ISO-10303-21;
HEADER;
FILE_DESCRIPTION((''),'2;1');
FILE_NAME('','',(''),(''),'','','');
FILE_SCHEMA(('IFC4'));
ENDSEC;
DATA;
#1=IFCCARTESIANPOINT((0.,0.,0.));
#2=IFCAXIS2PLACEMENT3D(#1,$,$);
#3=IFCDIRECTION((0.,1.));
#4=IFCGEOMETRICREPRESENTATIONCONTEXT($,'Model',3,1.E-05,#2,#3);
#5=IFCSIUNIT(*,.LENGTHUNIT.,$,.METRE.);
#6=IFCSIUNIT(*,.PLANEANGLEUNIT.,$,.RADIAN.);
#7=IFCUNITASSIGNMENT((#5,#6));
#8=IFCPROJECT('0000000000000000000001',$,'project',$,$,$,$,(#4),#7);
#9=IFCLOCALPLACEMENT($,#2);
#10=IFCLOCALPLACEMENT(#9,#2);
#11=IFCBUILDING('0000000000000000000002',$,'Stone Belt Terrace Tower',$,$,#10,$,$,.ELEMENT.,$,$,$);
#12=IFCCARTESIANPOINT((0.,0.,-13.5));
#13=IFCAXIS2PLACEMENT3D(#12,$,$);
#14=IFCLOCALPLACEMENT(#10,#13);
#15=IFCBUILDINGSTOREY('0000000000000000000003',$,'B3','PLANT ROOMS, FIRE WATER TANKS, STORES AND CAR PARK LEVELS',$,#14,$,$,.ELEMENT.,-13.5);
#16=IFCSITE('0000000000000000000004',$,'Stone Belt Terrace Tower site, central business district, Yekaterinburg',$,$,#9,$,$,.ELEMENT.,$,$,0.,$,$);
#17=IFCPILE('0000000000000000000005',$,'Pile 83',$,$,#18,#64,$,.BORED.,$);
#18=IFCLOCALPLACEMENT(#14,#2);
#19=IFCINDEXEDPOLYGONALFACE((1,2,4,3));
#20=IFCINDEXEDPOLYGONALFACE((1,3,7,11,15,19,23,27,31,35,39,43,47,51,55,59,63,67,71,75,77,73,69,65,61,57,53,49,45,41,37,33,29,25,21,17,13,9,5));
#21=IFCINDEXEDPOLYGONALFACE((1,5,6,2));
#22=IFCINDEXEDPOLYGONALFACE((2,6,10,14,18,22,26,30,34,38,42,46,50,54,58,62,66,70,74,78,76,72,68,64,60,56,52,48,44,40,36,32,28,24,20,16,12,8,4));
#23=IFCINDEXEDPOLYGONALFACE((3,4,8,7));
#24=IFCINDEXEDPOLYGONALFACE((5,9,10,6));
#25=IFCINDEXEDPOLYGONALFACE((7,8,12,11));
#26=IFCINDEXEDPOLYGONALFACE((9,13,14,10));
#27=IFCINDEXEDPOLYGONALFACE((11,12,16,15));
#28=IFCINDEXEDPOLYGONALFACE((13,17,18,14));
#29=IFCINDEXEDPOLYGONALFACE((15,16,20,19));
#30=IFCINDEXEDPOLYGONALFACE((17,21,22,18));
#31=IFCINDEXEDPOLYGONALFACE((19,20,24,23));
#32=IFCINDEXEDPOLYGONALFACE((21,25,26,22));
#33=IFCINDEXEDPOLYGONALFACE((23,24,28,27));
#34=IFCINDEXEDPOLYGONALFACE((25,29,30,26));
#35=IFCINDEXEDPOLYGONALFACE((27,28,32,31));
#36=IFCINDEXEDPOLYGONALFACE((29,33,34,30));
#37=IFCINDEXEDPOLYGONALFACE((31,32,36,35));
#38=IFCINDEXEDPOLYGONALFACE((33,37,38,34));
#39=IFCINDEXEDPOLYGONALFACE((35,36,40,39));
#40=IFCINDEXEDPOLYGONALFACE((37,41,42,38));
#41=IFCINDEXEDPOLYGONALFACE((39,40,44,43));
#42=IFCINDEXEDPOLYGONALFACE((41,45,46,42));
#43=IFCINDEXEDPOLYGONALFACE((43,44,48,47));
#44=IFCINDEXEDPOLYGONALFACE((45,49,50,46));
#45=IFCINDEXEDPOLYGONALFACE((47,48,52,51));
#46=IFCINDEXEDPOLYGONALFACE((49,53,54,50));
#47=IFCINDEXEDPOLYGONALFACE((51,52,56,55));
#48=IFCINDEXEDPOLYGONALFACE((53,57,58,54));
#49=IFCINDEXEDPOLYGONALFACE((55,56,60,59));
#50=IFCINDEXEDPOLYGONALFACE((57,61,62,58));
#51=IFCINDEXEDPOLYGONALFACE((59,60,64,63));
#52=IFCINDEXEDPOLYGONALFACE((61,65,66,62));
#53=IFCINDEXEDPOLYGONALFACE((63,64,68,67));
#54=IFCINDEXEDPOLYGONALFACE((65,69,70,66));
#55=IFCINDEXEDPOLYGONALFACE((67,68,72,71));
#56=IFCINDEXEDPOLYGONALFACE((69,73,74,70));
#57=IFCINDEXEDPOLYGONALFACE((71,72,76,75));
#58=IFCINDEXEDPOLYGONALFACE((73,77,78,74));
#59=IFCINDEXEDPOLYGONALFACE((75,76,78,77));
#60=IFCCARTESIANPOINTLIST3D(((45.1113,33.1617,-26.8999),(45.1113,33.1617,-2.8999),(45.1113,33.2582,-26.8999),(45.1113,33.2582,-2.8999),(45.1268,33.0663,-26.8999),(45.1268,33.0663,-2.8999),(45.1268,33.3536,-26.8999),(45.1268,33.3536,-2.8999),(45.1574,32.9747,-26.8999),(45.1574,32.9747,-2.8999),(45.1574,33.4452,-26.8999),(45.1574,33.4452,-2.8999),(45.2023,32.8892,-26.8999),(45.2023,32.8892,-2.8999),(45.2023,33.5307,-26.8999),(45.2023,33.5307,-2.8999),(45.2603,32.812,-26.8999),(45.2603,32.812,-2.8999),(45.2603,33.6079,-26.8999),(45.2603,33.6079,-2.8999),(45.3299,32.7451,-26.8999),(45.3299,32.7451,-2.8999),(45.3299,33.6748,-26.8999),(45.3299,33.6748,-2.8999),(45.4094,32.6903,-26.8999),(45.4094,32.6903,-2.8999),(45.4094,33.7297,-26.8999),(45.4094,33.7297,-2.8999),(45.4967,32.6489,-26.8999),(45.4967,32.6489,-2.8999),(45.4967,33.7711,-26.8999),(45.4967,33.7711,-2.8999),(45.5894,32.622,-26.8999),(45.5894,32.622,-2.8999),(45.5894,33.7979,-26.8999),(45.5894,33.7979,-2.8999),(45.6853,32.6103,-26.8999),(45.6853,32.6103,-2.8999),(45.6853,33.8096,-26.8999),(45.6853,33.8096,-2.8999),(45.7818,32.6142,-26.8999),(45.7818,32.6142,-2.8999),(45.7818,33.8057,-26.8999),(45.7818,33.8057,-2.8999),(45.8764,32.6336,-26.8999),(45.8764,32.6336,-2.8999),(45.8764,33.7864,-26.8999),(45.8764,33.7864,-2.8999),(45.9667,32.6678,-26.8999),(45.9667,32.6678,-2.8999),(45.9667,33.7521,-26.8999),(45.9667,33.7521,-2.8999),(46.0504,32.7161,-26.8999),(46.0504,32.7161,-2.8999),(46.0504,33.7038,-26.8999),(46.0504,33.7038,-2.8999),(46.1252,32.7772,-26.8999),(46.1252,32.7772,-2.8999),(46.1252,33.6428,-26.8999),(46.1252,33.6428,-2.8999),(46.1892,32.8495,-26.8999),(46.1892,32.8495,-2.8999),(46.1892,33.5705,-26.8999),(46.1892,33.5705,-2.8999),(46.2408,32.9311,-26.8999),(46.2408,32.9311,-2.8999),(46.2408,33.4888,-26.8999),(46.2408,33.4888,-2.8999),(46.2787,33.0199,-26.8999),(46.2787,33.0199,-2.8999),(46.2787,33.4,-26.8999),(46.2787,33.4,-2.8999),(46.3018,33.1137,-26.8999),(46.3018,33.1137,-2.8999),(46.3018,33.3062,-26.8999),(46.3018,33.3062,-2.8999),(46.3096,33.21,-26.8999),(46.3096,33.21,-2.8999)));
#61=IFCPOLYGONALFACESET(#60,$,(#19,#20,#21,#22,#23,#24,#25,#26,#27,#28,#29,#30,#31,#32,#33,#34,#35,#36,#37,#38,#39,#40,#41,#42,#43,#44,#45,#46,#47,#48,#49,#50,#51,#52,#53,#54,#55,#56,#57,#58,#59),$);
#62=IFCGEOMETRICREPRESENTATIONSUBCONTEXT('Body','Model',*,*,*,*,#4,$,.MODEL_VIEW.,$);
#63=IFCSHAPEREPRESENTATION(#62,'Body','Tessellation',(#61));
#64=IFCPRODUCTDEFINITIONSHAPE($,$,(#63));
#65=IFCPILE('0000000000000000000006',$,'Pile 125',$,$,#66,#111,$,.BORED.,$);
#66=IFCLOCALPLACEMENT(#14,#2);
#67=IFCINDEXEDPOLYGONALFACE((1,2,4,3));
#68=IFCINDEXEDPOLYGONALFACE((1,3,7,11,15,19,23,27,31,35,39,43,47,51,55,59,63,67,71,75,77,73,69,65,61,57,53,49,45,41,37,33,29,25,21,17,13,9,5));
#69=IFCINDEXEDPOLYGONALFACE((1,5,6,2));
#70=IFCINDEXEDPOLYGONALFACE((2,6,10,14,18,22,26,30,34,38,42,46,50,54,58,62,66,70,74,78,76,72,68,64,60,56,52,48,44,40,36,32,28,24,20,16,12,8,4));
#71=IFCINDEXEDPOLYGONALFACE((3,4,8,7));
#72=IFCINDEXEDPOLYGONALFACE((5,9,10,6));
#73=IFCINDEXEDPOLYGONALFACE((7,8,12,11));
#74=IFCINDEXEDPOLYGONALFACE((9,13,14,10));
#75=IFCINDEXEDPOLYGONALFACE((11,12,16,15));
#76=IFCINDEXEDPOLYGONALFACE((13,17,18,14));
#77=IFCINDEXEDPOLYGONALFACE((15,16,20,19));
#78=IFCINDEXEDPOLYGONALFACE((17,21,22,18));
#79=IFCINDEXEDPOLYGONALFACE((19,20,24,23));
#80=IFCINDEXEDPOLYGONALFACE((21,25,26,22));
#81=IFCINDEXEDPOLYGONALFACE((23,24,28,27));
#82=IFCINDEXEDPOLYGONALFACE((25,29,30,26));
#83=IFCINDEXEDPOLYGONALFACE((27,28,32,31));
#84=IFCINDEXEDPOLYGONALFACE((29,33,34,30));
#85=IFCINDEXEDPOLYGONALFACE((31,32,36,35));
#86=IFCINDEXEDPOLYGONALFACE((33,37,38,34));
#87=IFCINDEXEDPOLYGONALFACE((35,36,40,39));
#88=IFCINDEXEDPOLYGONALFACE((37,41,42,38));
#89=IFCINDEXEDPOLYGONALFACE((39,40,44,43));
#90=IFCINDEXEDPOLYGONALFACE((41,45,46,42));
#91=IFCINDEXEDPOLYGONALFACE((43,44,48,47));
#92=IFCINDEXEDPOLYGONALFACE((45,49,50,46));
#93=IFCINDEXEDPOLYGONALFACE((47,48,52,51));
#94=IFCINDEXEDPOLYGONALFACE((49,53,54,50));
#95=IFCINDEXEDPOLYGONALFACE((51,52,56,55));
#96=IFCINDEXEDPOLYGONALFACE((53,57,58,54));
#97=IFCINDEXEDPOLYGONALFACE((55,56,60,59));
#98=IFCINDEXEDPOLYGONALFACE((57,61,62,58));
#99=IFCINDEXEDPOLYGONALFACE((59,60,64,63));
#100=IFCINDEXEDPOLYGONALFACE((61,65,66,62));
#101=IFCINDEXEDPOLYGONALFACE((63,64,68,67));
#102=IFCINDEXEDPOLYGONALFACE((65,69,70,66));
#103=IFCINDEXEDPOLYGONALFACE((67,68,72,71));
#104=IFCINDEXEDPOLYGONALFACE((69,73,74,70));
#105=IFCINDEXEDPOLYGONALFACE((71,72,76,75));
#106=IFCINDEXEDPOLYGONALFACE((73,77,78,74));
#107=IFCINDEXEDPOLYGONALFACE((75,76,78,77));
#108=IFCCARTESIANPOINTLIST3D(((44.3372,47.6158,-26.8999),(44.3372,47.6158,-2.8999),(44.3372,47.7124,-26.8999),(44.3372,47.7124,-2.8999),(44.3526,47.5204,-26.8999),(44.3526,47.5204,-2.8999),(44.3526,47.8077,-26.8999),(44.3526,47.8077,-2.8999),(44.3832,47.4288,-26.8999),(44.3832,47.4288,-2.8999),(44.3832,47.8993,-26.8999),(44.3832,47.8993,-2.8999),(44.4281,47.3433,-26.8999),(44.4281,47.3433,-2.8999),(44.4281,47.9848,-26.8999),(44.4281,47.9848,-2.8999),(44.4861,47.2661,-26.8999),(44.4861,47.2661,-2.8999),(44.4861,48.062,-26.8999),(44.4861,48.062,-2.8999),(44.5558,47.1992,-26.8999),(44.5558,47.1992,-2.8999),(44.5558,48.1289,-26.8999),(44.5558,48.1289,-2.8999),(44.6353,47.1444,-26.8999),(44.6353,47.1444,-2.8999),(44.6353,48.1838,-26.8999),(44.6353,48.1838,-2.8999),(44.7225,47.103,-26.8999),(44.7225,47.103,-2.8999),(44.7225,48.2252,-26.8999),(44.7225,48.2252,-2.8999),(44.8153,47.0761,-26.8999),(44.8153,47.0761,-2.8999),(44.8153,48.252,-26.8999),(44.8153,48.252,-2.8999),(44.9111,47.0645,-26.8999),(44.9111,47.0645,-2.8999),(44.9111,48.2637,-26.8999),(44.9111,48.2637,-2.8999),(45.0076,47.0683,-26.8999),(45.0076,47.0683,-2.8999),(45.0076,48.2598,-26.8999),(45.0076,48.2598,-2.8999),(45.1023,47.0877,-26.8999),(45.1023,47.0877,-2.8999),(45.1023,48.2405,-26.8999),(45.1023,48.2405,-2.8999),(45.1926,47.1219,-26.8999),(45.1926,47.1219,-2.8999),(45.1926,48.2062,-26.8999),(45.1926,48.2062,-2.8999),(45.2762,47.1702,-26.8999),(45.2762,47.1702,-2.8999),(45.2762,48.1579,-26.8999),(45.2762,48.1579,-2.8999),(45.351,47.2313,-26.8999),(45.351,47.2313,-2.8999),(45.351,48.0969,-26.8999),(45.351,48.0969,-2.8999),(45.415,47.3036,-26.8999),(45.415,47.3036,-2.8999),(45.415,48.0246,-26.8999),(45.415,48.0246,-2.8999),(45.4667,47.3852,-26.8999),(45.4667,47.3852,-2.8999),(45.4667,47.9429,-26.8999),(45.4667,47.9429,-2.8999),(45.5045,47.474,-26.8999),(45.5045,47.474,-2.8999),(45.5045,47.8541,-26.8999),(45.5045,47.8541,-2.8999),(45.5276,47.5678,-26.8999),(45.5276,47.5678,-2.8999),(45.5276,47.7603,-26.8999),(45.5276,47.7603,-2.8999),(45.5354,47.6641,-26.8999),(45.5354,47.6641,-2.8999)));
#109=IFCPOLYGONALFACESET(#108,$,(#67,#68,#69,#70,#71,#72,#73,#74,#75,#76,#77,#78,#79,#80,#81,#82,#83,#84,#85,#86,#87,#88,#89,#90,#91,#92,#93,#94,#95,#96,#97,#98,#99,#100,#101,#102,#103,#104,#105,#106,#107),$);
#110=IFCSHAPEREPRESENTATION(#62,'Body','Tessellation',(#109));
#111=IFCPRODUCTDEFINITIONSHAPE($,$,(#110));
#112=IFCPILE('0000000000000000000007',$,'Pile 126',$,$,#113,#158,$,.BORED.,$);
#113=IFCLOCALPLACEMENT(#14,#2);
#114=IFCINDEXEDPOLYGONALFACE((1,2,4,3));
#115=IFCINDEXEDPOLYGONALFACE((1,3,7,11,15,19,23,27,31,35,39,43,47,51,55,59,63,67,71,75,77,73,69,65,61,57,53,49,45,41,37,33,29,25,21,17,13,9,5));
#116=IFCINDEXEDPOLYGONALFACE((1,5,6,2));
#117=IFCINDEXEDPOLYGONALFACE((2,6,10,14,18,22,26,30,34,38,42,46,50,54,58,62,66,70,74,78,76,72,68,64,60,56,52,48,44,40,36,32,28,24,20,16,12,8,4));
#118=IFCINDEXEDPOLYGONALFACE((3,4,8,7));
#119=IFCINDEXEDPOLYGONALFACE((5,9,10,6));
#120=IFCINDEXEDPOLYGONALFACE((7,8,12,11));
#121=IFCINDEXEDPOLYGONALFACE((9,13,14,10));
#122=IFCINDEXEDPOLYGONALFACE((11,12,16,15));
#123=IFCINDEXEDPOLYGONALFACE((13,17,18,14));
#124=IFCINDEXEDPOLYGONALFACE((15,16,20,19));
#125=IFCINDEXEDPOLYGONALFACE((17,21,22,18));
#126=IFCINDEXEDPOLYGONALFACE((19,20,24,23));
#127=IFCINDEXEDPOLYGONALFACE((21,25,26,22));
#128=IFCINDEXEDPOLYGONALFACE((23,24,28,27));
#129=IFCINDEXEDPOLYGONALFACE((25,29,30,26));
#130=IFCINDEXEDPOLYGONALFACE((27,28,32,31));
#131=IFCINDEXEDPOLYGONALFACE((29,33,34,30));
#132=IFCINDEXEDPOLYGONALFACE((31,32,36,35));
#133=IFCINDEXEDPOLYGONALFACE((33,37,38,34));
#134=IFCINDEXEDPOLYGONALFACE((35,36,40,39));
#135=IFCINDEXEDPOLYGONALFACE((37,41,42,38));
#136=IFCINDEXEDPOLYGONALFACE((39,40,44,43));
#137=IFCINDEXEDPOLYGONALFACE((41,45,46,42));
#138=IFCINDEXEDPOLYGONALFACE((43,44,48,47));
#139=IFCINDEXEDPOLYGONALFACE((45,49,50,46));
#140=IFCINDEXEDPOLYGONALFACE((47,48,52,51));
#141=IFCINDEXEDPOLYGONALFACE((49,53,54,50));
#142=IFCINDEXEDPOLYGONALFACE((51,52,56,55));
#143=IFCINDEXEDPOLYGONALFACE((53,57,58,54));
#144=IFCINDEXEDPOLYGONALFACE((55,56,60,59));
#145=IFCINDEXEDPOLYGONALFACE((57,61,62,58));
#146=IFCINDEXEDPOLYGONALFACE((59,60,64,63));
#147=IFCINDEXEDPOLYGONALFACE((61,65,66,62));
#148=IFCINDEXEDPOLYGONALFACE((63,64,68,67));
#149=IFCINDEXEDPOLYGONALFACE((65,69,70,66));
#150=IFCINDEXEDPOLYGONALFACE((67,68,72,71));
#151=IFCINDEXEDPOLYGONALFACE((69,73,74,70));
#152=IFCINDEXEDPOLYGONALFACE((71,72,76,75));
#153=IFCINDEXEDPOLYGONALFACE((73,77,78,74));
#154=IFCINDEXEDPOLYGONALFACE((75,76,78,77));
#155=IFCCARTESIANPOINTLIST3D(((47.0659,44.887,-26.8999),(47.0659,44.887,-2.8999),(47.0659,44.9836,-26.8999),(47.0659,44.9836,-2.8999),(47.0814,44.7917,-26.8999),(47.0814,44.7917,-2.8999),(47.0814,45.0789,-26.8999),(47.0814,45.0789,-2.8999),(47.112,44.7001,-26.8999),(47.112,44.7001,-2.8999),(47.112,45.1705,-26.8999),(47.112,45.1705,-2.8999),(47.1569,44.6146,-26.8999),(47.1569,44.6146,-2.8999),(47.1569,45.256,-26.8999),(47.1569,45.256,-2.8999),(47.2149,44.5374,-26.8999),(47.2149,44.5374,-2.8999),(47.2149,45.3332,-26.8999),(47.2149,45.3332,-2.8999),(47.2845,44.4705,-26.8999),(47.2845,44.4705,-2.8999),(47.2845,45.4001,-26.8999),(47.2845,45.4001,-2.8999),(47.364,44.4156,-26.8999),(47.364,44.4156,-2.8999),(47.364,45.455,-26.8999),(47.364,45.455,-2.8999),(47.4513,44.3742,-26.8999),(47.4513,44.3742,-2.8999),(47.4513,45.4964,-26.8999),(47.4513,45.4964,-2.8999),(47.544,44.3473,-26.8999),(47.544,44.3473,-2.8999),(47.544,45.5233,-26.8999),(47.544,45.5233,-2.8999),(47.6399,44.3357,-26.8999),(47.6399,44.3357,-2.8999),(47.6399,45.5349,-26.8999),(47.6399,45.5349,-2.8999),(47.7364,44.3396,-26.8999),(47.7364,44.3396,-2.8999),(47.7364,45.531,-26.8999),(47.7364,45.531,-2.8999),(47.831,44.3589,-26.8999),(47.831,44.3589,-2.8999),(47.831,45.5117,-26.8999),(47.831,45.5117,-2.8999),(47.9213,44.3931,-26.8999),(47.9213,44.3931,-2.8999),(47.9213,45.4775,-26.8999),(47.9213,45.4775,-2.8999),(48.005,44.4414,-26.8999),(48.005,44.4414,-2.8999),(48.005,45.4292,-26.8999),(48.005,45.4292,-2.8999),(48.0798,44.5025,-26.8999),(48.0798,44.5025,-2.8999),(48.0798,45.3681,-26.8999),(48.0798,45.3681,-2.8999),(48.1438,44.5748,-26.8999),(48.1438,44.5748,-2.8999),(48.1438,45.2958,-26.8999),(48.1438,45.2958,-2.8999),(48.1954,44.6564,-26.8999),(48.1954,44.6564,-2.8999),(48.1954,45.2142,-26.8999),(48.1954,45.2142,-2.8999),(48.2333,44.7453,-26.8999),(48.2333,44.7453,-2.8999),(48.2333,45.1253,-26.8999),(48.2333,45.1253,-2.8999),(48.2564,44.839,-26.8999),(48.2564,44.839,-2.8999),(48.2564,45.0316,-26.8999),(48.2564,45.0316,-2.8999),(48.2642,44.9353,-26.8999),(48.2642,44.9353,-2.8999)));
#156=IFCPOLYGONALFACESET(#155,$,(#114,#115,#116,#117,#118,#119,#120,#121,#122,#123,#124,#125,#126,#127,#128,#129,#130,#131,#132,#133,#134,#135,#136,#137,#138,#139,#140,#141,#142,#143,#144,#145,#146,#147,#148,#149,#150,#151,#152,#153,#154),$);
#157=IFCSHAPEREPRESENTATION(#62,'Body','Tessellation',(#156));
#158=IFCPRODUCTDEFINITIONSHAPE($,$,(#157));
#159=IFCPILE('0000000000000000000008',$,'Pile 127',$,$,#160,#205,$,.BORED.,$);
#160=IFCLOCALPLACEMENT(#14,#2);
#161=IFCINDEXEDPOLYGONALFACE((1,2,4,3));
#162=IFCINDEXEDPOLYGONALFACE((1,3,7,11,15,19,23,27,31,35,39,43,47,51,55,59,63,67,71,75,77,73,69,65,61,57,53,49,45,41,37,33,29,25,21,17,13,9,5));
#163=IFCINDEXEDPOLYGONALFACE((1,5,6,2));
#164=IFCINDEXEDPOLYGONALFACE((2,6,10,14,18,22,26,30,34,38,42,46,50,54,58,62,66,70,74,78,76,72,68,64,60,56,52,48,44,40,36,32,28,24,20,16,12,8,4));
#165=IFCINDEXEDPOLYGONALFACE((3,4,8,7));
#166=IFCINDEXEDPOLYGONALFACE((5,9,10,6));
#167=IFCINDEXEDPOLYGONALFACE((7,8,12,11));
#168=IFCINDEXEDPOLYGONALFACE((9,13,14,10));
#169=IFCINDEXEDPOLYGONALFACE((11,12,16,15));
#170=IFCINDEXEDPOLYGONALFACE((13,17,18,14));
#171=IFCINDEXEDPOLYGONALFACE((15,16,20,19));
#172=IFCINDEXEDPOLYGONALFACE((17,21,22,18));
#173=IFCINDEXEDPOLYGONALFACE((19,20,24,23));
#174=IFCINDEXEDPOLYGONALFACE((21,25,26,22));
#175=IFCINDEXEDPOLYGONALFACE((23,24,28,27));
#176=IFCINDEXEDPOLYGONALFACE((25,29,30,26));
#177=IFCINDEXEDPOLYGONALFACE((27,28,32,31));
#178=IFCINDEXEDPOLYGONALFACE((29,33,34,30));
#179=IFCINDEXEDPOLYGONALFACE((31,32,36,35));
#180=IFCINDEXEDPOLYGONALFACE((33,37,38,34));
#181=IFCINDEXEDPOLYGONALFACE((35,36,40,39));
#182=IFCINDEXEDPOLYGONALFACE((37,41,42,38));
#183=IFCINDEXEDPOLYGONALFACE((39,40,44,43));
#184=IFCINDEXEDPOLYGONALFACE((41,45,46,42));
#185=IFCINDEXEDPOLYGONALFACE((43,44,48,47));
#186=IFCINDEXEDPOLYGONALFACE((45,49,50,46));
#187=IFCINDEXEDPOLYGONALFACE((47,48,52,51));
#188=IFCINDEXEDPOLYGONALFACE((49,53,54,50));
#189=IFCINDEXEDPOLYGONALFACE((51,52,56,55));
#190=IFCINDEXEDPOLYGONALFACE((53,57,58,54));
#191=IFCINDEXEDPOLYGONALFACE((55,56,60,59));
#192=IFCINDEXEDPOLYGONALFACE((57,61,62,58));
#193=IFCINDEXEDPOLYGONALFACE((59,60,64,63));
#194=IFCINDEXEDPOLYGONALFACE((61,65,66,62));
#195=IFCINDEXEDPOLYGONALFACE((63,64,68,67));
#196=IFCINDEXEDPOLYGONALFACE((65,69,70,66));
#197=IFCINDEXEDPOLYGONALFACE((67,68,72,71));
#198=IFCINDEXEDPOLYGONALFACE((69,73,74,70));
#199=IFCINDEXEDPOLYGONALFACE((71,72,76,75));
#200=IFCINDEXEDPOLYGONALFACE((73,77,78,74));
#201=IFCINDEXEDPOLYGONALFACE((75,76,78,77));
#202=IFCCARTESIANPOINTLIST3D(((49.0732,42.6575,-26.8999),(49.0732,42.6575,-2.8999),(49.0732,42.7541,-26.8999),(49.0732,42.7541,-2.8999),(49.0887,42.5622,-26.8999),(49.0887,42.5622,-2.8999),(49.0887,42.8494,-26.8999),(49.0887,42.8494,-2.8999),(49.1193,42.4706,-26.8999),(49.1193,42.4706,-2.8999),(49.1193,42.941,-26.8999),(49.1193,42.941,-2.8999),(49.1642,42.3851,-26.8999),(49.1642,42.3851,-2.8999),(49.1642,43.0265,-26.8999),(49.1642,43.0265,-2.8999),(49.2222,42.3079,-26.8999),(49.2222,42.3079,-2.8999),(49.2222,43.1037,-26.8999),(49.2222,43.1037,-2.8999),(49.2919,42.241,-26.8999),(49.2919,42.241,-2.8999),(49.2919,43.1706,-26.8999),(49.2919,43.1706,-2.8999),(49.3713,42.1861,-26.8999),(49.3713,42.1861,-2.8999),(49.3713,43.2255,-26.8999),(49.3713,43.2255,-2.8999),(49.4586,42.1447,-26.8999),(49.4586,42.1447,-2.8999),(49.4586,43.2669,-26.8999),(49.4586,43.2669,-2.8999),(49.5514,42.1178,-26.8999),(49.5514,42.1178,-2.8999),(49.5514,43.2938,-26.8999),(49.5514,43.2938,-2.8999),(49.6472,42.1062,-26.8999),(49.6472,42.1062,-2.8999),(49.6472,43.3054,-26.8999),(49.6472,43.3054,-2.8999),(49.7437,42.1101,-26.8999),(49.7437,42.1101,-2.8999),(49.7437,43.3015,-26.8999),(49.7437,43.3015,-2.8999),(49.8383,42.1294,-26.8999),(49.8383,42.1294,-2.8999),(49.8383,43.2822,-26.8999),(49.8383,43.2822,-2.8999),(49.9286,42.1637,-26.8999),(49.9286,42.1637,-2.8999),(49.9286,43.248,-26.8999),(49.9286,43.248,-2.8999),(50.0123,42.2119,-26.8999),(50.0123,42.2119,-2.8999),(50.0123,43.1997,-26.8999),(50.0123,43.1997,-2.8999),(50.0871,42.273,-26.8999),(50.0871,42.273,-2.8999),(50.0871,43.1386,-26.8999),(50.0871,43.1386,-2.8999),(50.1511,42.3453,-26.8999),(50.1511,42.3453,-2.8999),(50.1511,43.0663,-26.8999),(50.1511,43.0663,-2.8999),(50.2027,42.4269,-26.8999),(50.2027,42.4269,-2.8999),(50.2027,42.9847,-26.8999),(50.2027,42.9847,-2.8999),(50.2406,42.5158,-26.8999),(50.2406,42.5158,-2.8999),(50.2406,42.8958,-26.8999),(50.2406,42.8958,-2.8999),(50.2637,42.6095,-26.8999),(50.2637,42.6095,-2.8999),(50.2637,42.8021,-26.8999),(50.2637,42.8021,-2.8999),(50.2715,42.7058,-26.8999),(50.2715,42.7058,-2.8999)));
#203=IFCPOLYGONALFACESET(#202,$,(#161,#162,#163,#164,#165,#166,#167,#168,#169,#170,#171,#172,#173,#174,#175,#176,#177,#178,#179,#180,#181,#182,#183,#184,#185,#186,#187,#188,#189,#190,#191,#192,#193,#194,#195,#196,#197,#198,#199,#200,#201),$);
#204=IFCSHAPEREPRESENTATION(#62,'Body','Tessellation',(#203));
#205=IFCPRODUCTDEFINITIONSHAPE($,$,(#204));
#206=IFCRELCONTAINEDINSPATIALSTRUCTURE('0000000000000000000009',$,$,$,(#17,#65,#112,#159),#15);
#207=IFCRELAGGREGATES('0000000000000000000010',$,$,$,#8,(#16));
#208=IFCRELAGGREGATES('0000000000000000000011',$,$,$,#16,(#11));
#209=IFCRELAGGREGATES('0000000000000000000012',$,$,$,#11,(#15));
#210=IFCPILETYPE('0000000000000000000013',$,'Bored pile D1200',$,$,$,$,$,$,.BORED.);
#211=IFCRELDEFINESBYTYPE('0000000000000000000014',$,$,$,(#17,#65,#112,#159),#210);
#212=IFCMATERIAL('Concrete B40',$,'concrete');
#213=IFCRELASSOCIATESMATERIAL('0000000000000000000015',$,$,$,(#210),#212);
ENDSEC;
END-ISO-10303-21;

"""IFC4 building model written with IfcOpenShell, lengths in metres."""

from ifc_helpers import new_model, si_unit, direction, frame, origin, origin_2d, place, context, subcontext, project, spatial, circle, extrude, material, material_profile, profile_set, type_object, element, save


model = new_model("IFC4")

# Units and contexts
model_context = context("Model", 3, precision=1e-05, world=origin(), true_north=direction((0.0, 1.0)))
body_context = subcontext(model_context, "Body", "Model", "MODEL_VIEW")
ifc_project = project(units=[si_unit("LENGTHUNIT", "METRE"), si_unit("PLANEANGLEUNIT", "RADIAN")], contexts=[model_context])

# Site, building, storey
site_placement = place(None, origin())
site = spatial("IfcSite", under=ifc_project, at=site_placement, Name="Stone Belt Terrace Tower site, central business district, Yekaterinburg", CompositionType="ELEMENT", RefElevation=0.0)
building_placement = place(site_placement, origin())
building = spatial("IfcBuilding", under=site, at=building_placement, Name="Stone Belt Terrace Tower", CompositionType="ELEMENT")
storey_placement = place(building_placement, frame((0.0, 0.0, -13.5)))
storey = spatial("IfcBuildingStorey", under=building, at=storey_placement, Name="B3", Description="PLANT ROOMS, FIRE WATER TANKS, STORES AND CAR PARK LEVELS", CompositionType="ELEMENT", Elevation=-13.5)

# Piles
ifc_material_1 = material(Name="Concrete B40", Category="concrete")
ifc_material_profile_1 = material_profile(ifc_material_1, circle(Radius=0.6001, at=origin_2d()), Name="PILE D1200")
ifc_profile_set_1 = profile_set([ifc_material_profile_1], Name="Concrete B40")
pile_type = type_object("IfcPileType", Name="Bored pile D1200", PredefinedType="BORED", material=ifc_profile_set_1)
for number, where, z_axis, x_axis, name in (
    (1, (45.7095, 33.21, -2.8999), (0.0, 0.0, -1.0), (1.0, 0.0, 0.0), "Pile 83"),
    (2, (44.9353, 47.6641, -2.8999), (0.0, 0.0, -1.0), (1.0, 0.0, 0.0), "Pile 125"),
    (3, (47.6641, 44.9353, -2.8999), (0.0, 0.0, -1.0), (1.0, 0.0, 0.0), "Pile 126"),
    (4, (49.6714, 42.7058, -2.8999), (0.0, 0.0, -1.0), (1.0, 0.0, 0.0), "Pile 127"),
):
    element("IfcPile", number, at=place(storey_placement, frame(where, z_axis=z_axis, x_axis=x_axis)), inside=storey, type_object=pile_type, Name=name, PredefinedType="BORED", context=body_context, shape_type="SweptSolid", body=[
        extrude(circle(Radius=0.6001, at=origin_2d()), origin(), (0.0, 0.0, 1.0), 24.0),
    ])

save(model, "model.ifc")
